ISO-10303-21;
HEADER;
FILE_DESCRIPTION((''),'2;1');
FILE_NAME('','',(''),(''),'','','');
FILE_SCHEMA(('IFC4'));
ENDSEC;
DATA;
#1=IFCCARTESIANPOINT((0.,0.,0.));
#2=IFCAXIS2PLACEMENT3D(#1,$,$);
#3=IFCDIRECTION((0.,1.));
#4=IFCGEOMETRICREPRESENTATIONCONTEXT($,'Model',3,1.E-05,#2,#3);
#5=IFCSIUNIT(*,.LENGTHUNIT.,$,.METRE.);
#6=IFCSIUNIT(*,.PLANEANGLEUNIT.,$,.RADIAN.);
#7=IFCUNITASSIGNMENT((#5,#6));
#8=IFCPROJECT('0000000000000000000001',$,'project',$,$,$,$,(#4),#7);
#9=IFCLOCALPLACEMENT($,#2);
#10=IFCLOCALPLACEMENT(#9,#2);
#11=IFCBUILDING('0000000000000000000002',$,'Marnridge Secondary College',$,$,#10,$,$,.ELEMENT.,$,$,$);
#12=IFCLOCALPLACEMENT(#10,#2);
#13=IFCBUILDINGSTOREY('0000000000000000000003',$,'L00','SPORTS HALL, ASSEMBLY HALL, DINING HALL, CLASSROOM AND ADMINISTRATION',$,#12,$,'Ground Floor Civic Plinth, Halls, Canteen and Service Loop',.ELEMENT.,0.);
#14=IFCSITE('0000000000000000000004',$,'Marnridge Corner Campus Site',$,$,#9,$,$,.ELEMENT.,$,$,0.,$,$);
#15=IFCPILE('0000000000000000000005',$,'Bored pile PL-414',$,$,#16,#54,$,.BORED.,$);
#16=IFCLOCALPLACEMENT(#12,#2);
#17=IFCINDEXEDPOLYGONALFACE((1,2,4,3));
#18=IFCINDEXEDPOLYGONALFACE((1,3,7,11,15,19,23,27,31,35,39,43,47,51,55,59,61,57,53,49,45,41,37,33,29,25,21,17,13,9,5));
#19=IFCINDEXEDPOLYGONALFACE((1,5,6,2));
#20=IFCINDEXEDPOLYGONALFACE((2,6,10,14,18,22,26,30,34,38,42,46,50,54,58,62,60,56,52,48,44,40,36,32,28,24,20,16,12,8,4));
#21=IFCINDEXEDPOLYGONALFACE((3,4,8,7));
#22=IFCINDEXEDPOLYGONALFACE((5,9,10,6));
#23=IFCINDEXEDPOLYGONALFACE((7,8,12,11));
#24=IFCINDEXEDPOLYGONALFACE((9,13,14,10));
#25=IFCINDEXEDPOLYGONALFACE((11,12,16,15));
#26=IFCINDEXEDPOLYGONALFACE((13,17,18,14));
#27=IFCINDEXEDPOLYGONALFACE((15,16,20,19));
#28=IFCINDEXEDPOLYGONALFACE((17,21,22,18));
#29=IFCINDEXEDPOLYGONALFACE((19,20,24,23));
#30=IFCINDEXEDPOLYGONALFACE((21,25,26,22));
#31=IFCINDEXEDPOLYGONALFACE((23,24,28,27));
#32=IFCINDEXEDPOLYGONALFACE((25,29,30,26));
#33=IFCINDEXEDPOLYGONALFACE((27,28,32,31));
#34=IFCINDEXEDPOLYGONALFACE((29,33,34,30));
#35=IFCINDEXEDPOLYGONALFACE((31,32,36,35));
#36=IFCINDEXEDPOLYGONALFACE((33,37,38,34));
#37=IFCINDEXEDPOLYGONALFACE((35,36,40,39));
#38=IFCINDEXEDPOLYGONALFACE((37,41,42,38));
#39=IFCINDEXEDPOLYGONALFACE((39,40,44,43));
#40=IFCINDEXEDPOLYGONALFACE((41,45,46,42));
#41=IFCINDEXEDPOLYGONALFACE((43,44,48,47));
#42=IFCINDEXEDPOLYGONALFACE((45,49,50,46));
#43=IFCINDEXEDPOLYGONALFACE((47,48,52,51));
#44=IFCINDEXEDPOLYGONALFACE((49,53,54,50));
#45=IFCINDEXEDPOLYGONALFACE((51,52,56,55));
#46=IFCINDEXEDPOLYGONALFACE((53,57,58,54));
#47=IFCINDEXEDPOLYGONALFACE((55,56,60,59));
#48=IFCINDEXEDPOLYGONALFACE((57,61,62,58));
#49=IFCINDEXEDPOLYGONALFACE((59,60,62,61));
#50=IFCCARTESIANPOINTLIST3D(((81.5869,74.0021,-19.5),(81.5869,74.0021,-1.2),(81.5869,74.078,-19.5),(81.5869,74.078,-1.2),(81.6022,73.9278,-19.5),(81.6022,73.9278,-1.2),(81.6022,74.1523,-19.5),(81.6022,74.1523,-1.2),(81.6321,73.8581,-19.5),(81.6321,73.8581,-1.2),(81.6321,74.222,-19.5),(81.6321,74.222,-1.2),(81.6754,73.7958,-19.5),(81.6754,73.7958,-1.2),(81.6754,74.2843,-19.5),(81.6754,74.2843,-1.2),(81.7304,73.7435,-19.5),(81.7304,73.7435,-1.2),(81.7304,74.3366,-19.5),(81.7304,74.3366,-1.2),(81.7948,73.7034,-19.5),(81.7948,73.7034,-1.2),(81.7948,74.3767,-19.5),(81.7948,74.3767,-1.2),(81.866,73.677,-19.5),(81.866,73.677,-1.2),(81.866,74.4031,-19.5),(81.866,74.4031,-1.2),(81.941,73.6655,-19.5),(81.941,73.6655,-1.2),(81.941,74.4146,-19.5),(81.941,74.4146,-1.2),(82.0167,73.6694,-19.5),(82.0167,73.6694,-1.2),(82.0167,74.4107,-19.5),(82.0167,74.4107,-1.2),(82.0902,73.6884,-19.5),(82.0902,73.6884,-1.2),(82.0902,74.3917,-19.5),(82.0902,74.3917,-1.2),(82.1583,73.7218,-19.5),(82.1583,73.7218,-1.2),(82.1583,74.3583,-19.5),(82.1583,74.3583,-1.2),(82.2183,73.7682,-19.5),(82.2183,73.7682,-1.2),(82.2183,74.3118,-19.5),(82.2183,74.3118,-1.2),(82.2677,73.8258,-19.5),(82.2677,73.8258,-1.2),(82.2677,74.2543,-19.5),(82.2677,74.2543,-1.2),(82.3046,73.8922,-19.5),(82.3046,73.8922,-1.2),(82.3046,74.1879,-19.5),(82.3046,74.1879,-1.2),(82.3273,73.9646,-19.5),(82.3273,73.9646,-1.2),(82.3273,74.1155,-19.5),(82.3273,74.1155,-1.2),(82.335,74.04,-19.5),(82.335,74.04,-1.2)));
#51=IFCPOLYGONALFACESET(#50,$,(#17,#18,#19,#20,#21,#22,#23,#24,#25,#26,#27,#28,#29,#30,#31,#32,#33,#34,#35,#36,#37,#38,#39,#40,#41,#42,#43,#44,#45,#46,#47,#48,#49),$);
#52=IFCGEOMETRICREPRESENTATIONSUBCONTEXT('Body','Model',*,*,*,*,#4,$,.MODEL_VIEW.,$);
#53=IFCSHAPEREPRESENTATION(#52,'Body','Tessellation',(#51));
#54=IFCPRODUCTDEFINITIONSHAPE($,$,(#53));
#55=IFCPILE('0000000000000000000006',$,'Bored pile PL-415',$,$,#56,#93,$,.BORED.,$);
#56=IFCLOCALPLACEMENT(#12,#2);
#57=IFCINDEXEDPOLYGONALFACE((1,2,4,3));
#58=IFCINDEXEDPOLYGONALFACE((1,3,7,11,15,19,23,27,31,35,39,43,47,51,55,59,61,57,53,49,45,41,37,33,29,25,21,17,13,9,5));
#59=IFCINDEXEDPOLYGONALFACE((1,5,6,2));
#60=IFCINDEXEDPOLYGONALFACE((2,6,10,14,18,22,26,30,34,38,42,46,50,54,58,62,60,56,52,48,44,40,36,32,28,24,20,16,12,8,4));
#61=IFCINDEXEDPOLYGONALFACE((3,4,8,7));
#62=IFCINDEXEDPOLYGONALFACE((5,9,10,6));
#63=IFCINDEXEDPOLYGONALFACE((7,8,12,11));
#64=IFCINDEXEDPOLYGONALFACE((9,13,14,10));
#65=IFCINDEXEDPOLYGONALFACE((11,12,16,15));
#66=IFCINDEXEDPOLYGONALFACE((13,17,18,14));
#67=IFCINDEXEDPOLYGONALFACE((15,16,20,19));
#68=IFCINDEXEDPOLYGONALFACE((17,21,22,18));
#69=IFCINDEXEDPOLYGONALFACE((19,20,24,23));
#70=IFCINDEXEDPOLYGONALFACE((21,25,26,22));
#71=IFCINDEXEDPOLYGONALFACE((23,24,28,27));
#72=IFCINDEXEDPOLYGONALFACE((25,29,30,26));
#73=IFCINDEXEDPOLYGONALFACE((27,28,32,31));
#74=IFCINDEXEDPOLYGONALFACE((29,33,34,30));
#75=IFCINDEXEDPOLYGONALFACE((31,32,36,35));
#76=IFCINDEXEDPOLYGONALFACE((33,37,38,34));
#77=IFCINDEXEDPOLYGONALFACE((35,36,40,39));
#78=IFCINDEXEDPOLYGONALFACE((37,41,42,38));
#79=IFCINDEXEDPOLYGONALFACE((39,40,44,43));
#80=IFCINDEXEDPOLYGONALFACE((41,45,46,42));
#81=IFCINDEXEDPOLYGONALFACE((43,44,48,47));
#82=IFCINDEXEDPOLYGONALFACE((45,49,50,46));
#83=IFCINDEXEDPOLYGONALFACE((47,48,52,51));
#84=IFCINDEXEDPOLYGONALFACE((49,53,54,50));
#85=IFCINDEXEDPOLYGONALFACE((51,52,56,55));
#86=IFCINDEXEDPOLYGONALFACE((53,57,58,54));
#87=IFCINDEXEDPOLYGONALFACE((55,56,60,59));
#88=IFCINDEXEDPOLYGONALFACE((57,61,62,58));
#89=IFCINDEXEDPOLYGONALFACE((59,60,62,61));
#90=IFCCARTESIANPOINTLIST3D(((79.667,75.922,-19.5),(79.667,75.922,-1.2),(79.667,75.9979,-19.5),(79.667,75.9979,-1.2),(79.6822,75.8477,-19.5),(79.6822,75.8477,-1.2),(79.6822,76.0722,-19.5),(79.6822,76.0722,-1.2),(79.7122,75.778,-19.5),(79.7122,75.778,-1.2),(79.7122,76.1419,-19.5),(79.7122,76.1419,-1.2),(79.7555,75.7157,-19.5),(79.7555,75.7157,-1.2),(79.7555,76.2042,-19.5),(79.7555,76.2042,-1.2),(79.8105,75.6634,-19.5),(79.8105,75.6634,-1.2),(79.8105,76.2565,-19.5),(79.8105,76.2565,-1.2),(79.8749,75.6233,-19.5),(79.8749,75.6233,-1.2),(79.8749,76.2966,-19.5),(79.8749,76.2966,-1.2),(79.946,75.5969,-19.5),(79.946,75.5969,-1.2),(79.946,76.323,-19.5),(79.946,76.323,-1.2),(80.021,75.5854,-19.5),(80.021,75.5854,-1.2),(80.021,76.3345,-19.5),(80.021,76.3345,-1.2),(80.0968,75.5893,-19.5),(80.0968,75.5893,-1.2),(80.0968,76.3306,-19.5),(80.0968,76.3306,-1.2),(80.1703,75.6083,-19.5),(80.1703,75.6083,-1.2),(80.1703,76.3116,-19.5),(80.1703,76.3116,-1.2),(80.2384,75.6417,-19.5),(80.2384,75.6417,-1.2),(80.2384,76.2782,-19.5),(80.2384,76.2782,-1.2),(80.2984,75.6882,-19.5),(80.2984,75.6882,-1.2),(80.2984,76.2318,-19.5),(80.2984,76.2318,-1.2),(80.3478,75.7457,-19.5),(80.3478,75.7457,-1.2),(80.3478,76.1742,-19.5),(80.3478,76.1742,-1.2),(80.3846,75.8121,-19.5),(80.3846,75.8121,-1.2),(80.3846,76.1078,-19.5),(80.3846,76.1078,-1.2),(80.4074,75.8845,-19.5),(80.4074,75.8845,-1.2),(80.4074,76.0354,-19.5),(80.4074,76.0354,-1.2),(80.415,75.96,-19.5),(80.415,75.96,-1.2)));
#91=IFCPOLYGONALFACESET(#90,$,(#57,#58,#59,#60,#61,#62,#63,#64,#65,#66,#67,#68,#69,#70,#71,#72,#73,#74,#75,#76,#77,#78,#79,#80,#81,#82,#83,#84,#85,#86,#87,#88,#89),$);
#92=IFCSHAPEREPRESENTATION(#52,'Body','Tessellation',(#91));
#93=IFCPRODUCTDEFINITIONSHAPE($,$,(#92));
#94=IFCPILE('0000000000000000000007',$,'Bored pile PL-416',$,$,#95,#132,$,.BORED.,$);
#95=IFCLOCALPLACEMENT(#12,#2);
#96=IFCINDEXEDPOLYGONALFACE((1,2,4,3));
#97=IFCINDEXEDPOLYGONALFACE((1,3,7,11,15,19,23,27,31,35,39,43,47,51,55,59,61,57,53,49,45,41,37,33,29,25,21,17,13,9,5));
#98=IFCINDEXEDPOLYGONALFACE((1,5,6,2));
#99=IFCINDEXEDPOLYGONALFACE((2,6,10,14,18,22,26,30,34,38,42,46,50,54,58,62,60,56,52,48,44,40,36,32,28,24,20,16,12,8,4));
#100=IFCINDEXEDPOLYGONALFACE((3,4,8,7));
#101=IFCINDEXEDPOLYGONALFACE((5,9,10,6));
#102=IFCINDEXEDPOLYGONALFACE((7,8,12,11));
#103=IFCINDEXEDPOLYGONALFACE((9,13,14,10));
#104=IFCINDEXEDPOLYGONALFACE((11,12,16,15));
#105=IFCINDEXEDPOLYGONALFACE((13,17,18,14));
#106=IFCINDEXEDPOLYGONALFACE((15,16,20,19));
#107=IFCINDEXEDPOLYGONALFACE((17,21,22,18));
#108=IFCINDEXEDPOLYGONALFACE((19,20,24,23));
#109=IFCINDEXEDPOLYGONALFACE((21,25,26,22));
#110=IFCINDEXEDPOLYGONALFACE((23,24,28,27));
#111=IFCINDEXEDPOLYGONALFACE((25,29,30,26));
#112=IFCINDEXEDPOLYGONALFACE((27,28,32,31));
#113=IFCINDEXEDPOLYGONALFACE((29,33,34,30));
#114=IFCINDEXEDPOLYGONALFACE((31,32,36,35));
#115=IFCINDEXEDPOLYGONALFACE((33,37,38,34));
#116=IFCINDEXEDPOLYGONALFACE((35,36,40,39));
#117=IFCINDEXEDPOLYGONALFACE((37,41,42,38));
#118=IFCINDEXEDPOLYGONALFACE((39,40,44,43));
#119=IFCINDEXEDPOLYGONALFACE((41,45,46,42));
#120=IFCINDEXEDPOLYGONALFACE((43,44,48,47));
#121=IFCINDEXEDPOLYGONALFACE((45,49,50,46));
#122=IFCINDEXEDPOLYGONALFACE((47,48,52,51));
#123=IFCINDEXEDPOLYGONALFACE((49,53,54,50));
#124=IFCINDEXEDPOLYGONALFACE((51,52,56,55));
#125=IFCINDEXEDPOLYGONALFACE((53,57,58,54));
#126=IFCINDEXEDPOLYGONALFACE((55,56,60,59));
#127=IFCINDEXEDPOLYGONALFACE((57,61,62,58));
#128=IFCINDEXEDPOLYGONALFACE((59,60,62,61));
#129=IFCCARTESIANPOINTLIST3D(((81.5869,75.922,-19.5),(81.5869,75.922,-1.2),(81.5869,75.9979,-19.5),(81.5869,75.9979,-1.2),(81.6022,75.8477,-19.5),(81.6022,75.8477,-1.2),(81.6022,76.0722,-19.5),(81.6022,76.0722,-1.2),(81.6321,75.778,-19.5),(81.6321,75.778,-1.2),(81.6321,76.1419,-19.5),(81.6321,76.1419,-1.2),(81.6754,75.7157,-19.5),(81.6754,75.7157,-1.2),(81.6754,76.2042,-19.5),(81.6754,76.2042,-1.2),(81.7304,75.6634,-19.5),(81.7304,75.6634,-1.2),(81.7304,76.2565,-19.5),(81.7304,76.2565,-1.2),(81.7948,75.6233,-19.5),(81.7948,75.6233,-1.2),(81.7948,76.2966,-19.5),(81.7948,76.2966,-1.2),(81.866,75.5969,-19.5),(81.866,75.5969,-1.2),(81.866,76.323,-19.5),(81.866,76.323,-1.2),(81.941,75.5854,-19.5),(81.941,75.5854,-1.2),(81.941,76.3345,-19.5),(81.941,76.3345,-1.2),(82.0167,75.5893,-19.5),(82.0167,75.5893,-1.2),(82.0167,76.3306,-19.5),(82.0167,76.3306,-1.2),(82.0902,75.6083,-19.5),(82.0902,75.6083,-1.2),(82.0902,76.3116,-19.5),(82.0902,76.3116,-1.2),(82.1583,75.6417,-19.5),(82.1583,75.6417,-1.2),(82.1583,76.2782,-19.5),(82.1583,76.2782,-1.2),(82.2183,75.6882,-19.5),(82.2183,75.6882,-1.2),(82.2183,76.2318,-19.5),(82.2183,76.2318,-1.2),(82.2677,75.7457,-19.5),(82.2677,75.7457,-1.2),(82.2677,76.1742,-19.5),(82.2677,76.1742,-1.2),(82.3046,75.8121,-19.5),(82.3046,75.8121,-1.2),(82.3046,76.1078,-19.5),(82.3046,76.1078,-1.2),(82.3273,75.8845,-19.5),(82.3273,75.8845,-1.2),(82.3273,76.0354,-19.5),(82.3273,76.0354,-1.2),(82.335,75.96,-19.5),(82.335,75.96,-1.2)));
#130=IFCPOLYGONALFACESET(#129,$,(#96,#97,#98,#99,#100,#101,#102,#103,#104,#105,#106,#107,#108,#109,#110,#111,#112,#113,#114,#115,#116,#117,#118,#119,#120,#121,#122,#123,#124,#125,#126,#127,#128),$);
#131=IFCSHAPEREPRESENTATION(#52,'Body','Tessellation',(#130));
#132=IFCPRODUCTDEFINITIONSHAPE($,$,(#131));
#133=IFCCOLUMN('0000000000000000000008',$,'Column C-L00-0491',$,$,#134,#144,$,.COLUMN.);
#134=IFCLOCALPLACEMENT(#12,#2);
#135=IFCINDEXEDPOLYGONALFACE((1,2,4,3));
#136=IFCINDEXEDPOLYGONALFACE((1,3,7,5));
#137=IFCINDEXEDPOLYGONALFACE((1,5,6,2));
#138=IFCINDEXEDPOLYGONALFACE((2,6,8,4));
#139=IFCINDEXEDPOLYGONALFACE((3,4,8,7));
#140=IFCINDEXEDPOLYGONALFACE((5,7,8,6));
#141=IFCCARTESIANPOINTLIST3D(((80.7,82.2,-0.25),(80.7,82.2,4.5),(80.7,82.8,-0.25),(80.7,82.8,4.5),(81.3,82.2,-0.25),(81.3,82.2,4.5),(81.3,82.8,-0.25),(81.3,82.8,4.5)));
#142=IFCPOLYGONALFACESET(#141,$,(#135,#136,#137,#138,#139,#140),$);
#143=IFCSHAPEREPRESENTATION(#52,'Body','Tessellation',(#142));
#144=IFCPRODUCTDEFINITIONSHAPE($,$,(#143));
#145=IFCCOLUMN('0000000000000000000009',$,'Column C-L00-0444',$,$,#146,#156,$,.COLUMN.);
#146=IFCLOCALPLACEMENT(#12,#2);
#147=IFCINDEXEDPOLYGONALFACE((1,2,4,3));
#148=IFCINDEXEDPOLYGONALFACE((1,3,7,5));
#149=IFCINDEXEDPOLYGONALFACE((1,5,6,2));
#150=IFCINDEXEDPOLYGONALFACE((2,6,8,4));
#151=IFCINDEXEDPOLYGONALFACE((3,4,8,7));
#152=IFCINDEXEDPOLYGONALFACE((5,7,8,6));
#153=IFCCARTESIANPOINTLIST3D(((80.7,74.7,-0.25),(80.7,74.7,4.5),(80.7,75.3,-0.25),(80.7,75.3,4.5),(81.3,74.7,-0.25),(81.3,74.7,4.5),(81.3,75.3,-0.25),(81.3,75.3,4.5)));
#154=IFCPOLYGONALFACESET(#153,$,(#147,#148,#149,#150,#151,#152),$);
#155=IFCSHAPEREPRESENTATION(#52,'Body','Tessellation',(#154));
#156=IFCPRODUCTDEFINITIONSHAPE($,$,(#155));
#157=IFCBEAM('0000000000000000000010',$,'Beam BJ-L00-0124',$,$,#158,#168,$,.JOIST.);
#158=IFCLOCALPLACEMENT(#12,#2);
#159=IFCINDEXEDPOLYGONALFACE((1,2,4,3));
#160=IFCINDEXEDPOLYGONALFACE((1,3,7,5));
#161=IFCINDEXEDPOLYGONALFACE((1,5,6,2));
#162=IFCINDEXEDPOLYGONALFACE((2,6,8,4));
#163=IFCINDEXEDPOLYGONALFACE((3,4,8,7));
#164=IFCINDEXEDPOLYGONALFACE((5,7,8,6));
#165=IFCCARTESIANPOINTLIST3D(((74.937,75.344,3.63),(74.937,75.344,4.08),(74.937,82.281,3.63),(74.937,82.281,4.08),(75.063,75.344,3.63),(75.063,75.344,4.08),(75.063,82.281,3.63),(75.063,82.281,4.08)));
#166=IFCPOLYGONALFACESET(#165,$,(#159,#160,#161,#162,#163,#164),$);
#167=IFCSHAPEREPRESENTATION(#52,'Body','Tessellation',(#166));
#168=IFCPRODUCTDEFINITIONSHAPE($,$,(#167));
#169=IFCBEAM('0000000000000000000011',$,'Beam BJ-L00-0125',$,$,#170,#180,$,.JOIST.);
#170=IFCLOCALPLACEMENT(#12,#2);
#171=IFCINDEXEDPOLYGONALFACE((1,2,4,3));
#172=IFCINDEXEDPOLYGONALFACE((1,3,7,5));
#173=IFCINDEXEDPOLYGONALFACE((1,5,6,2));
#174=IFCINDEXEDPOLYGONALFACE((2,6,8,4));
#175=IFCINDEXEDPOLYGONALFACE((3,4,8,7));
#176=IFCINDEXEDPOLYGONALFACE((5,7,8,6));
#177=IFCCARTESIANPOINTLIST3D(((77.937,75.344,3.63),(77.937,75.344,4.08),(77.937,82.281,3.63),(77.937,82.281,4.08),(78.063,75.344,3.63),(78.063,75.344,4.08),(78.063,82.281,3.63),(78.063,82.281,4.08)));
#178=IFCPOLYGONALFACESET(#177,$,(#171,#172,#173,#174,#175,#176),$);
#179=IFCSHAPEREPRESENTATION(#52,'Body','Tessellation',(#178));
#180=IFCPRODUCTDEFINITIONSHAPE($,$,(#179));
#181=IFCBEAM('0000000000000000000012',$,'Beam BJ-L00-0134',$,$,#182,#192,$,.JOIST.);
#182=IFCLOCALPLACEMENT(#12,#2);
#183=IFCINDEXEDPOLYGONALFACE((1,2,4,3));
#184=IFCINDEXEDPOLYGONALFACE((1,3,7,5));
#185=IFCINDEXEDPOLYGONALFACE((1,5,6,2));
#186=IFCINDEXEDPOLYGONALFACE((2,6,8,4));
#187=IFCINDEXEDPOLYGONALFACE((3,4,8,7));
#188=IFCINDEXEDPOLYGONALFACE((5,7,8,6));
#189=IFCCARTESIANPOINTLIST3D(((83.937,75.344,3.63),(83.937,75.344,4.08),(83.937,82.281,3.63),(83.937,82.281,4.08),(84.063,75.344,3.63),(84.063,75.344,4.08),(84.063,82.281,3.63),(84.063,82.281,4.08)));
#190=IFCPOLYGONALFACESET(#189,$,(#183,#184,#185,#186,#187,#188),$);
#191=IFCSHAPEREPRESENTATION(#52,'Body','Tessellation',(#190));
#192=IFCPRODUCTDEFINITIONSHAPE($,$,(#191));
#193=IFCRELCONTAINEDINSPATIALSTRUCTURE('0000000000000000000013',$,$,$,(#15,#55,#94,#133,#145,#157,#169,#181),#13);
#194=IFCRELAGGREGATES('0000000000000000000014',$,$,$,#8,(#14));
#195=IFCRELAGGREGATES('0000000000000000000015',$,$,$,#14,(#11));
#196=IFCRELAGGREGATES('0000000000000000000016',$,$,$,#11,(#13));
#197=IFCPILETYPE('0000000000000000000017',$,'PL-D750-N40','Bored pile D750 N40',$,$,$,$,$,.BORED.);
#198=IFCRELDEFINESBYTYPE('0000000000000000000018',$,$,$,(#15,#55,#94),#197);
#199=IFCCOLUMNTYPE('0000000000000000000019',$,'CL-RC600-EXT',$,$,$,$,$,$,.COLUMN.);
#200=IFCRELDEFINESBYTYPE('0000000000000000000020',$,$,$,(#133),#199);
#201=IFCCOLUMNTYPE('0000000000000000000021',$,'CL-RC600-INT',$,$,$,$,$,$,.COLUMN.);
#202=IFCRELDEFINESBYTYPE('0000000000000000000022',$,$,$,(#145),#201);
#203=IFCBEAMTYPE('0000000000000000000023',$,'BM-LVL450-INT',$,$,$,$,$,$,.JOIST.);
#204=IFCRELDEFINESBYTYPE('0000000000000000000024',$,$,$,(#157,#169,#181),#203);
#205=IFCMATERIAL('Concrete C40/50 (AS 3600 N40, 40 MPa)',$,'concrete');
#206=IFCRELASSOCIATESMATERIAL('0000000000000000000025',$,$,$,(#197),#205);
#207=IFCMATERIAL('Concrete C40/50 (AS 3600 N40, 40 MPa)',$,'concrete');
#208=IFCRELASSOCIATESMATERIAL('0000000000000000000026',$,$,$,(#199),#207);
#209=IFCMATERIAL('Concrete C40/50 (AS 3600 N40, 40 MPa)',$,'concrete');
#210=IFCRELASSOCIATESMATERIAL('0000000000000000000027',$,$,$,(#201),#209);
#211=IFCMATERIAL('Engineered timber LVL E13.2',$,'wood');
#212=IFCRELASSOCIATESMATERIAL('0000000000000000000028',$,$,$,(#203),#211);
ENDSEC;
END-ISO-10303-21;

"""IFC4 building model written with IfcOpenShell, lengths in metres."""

from ifc_helpers import new_model, si_unit, direction, frame, origin, origin_2d, place, context, subcontext, project, spatial, rectangle, circle, extrude, material, material_profile, profile_set, type_object, element, save


model = new_model("IFC4")

# Units and contexts
model_context = context("Model", 3, precision=1e-05, world=origin(), true_north=direction((0.0, 1.0)))
body_context = subcontext(model_context, "Body", "Model", "MODEL_VIEW")
ifc_project = project(units=[si_unit("LENGTHUNIT", "METRE"), si_unit("PLANEANGLEUNIT", "RADIAN")], contexts=[model_context])

# Site, building, storey
site_placement = place(None, origin())
site = spatial("IfcSite", under=ifc_project, at=site_placement, Name="Marnridge Corner Campus Site", CompositionType="ELEMENT", RefElevation=0.0)
building_placement = place(site_placement, origin())
building = spatial("IfcBuilding", under=site, at=building_placement, Name="Marnridge Secondary College", CompositionType="ELEMENT")
storey_placement = place(building_placement, origin())
storey = spatial("IfcBuildingStorey", under=building, at=storey_placement, Name="L00", Description="SPORTS HALL, ASSEMBLY HALL, DINING HALL, CLASSROOM AND ADMINISTRATION", LongName="Ground Floor Civic Plinth, Halls, Canteen and Service Loop", CompositionType="ELEMENT", Elevation=0.0)

# Piles
ifc_material_1 = material(Name="Concrete C40/50 (AS 3600 N40, 40 MPa)", Category="concrete")
ifc_material_profile_1 = material_profile(ifc_material_1, circle(Radius=0.375, at=origin_2d()), Name="PILE D750")
ifc_profile_set_1 = profile_set([ifc_material_profile_1], Name="Concrete C40/50 (AS 3600 N40, 40 MPa)")
pile_type_1 = type_object("IfcPileType", Name="PL-D750-N40", Description="Bored pile D750 N40", PredefinedType="BORED", material=ifc_profile_set_1)
for number, where, z_axis, x_axis, name in (
    (1, (81.96, 74.04, -1.2), (0.0, 0.0, -1.0), (1.0, 0.0, 0.0), "Bored pile PL-414"),
    (2, (80.04, 75.96, -1.2), (0.0, 0.0, -1.0), (1.0, 0.0, 0.0), "Bored pile PL-415"),
    (3, (81.96, 75.96, -1.2), (0.0, 0.0, -1.0), (1.0, 0.0, 0.0), "Bored pile PL-416"),
):
    element("IfcPile", number, at=place(storey_placement, frame(where, z_axis=z_axis, x_axis=x_axis)), inside=storey, type_object=pile_type_1, Name=name, PredefinedType="BORED", context=body_context, shape_type="SweptSolid", body=[
        extrude(circle(Radius=0.375, at=origin_2d()), origin(), (0.0, 0.0, 1.0), 18.3),
    ])

# Columns
ifc_material_2 = material(Name="Concrete C40/50 (AS 3600 N40, 40 MPa)", Category="concrete")
ifc_material_profile_2 = material_profile(ifc_material_2, rectangle(XDim=0.6001, YDim=0.6001, at=origin_2d()), Name="RC 600x600")
ifc_profile_set_2 = profile_set([ifc_material_profile_2], Name="Concrete C40/50 (AS 3600 N40, 40 MPa)")
column_type_1 = type_object("IfcColumnType", Name="CL-RC600-EXT", PredefinedType="COLUMN", material=ifc_profile_set_2)
column_1_placement = place(storey_placement, frame((81.0, 82.5, -0.25), z_axis=(0.0, 0.0, 1.0), x_axis=(1.0, 0.0, 0.0)))
element("IfcColumn", 4, at=column_1_placement, inside=storey, type_object=column_type_1, Name="Column C-L00-0491", PredefinedType="COLUMN", context=body_context, shape_type="SweptSolid", body=[
    extrude(rectangle(XDim=0.6001, YDim=0.6001, at=origin_2d()), origin(), (0.0, 0.0, 1.0), 4.75),
])
ifc_material_3 = material(Name="Concrete C40/50 (AS 3600 N40, 40 MPa)", Category="concrete")
ifc_material_profile_3 = material_profile(ifc_material_3, rectangle(XDim=0.6001, YDim=0.6001, at=origin_2d()), Name="RC 600x600")
ifc_profile_set_3 = profile_set([ifc_material_profile_3], Name="Concrete C40/50 (AS 3600 N40, 40 MPa)")
column_type_2 = type_object("IfcColumnType", Name="CL-RC600-INT", PredefinedType="COLUMN", material=ifc_profile_set_3)
column_2_placement = place(storey_placement, frame((81.0, 75.0, -0.25), z_axis=(0.0, 0.0, 1.0), x_axis=(1.0, 0.0, 0.0)))
element("IfcColumn", 5, at=column_2_placement, inside=storey, type_object=column_type_2, Name="Column C-L00-0444", PredefinedType="COLUMN", context=body_context, shape_type="SweptSolid", body=[
    extrude(rectangle(XDim=0.6001, YDim=0.6001, at=origin_2d()), origin(), (0.0, 0.0, 1.0), 4.75),
])

# Beams
ifc_material_4 = material(Name="Engineered timber LVL E13.2", Category="wood")
ifc_material_profile_4 = material_profile(ifc_material_4, rectangle(XDim=0.126, YDim=0.45, at=origin_2d()), Name="LVL 126x450")
ifc_profile_set_4 = profile_set([ifc_material_profile_4], Name="Engineered timber LVL E13.2")
beam_type_1 = type_object("IfcBeamType", Name="BM-LVL450-INT", PredefinedType="JOIST", material=ifc_profile_set_4)
for number, where, z_axis, x_axis, name in (
    (6, (75.0, 75.344, 3.855), (0.0, 1.0, 0.0), (-1.0, 0.0, 0.0), "Beam BJ-L00-0124"),
    (7, (78.0, 75.344, 3.855), (0.0, 1.0, 0.0), (-1.0, 0.0, 0.0), "Beam BJ-L00-0125"),
    (8, (84.0, 75.344, 3.855), (0.0, 1.0, 0.0), (-1.0, 0.0, 0.0), "Beam BJ-L00-0134"),
):
    element("IfcBeam", number, at=place(storey_placement, frame(where, z_axis=z_axis, x_axis=x_axis)), inside=storey, type_object=beam_type_1, Name=name, PredefinedType="JOIST", context=body_context, shape_type="SweptSolid", body=[
        extrude(rectangle(XDim=0.126, YDim=0.45, at=origin_2d()), origin(), (0.0, 0.0, 1.0), 6.937),
    ])

save(model, "model.ifc")
